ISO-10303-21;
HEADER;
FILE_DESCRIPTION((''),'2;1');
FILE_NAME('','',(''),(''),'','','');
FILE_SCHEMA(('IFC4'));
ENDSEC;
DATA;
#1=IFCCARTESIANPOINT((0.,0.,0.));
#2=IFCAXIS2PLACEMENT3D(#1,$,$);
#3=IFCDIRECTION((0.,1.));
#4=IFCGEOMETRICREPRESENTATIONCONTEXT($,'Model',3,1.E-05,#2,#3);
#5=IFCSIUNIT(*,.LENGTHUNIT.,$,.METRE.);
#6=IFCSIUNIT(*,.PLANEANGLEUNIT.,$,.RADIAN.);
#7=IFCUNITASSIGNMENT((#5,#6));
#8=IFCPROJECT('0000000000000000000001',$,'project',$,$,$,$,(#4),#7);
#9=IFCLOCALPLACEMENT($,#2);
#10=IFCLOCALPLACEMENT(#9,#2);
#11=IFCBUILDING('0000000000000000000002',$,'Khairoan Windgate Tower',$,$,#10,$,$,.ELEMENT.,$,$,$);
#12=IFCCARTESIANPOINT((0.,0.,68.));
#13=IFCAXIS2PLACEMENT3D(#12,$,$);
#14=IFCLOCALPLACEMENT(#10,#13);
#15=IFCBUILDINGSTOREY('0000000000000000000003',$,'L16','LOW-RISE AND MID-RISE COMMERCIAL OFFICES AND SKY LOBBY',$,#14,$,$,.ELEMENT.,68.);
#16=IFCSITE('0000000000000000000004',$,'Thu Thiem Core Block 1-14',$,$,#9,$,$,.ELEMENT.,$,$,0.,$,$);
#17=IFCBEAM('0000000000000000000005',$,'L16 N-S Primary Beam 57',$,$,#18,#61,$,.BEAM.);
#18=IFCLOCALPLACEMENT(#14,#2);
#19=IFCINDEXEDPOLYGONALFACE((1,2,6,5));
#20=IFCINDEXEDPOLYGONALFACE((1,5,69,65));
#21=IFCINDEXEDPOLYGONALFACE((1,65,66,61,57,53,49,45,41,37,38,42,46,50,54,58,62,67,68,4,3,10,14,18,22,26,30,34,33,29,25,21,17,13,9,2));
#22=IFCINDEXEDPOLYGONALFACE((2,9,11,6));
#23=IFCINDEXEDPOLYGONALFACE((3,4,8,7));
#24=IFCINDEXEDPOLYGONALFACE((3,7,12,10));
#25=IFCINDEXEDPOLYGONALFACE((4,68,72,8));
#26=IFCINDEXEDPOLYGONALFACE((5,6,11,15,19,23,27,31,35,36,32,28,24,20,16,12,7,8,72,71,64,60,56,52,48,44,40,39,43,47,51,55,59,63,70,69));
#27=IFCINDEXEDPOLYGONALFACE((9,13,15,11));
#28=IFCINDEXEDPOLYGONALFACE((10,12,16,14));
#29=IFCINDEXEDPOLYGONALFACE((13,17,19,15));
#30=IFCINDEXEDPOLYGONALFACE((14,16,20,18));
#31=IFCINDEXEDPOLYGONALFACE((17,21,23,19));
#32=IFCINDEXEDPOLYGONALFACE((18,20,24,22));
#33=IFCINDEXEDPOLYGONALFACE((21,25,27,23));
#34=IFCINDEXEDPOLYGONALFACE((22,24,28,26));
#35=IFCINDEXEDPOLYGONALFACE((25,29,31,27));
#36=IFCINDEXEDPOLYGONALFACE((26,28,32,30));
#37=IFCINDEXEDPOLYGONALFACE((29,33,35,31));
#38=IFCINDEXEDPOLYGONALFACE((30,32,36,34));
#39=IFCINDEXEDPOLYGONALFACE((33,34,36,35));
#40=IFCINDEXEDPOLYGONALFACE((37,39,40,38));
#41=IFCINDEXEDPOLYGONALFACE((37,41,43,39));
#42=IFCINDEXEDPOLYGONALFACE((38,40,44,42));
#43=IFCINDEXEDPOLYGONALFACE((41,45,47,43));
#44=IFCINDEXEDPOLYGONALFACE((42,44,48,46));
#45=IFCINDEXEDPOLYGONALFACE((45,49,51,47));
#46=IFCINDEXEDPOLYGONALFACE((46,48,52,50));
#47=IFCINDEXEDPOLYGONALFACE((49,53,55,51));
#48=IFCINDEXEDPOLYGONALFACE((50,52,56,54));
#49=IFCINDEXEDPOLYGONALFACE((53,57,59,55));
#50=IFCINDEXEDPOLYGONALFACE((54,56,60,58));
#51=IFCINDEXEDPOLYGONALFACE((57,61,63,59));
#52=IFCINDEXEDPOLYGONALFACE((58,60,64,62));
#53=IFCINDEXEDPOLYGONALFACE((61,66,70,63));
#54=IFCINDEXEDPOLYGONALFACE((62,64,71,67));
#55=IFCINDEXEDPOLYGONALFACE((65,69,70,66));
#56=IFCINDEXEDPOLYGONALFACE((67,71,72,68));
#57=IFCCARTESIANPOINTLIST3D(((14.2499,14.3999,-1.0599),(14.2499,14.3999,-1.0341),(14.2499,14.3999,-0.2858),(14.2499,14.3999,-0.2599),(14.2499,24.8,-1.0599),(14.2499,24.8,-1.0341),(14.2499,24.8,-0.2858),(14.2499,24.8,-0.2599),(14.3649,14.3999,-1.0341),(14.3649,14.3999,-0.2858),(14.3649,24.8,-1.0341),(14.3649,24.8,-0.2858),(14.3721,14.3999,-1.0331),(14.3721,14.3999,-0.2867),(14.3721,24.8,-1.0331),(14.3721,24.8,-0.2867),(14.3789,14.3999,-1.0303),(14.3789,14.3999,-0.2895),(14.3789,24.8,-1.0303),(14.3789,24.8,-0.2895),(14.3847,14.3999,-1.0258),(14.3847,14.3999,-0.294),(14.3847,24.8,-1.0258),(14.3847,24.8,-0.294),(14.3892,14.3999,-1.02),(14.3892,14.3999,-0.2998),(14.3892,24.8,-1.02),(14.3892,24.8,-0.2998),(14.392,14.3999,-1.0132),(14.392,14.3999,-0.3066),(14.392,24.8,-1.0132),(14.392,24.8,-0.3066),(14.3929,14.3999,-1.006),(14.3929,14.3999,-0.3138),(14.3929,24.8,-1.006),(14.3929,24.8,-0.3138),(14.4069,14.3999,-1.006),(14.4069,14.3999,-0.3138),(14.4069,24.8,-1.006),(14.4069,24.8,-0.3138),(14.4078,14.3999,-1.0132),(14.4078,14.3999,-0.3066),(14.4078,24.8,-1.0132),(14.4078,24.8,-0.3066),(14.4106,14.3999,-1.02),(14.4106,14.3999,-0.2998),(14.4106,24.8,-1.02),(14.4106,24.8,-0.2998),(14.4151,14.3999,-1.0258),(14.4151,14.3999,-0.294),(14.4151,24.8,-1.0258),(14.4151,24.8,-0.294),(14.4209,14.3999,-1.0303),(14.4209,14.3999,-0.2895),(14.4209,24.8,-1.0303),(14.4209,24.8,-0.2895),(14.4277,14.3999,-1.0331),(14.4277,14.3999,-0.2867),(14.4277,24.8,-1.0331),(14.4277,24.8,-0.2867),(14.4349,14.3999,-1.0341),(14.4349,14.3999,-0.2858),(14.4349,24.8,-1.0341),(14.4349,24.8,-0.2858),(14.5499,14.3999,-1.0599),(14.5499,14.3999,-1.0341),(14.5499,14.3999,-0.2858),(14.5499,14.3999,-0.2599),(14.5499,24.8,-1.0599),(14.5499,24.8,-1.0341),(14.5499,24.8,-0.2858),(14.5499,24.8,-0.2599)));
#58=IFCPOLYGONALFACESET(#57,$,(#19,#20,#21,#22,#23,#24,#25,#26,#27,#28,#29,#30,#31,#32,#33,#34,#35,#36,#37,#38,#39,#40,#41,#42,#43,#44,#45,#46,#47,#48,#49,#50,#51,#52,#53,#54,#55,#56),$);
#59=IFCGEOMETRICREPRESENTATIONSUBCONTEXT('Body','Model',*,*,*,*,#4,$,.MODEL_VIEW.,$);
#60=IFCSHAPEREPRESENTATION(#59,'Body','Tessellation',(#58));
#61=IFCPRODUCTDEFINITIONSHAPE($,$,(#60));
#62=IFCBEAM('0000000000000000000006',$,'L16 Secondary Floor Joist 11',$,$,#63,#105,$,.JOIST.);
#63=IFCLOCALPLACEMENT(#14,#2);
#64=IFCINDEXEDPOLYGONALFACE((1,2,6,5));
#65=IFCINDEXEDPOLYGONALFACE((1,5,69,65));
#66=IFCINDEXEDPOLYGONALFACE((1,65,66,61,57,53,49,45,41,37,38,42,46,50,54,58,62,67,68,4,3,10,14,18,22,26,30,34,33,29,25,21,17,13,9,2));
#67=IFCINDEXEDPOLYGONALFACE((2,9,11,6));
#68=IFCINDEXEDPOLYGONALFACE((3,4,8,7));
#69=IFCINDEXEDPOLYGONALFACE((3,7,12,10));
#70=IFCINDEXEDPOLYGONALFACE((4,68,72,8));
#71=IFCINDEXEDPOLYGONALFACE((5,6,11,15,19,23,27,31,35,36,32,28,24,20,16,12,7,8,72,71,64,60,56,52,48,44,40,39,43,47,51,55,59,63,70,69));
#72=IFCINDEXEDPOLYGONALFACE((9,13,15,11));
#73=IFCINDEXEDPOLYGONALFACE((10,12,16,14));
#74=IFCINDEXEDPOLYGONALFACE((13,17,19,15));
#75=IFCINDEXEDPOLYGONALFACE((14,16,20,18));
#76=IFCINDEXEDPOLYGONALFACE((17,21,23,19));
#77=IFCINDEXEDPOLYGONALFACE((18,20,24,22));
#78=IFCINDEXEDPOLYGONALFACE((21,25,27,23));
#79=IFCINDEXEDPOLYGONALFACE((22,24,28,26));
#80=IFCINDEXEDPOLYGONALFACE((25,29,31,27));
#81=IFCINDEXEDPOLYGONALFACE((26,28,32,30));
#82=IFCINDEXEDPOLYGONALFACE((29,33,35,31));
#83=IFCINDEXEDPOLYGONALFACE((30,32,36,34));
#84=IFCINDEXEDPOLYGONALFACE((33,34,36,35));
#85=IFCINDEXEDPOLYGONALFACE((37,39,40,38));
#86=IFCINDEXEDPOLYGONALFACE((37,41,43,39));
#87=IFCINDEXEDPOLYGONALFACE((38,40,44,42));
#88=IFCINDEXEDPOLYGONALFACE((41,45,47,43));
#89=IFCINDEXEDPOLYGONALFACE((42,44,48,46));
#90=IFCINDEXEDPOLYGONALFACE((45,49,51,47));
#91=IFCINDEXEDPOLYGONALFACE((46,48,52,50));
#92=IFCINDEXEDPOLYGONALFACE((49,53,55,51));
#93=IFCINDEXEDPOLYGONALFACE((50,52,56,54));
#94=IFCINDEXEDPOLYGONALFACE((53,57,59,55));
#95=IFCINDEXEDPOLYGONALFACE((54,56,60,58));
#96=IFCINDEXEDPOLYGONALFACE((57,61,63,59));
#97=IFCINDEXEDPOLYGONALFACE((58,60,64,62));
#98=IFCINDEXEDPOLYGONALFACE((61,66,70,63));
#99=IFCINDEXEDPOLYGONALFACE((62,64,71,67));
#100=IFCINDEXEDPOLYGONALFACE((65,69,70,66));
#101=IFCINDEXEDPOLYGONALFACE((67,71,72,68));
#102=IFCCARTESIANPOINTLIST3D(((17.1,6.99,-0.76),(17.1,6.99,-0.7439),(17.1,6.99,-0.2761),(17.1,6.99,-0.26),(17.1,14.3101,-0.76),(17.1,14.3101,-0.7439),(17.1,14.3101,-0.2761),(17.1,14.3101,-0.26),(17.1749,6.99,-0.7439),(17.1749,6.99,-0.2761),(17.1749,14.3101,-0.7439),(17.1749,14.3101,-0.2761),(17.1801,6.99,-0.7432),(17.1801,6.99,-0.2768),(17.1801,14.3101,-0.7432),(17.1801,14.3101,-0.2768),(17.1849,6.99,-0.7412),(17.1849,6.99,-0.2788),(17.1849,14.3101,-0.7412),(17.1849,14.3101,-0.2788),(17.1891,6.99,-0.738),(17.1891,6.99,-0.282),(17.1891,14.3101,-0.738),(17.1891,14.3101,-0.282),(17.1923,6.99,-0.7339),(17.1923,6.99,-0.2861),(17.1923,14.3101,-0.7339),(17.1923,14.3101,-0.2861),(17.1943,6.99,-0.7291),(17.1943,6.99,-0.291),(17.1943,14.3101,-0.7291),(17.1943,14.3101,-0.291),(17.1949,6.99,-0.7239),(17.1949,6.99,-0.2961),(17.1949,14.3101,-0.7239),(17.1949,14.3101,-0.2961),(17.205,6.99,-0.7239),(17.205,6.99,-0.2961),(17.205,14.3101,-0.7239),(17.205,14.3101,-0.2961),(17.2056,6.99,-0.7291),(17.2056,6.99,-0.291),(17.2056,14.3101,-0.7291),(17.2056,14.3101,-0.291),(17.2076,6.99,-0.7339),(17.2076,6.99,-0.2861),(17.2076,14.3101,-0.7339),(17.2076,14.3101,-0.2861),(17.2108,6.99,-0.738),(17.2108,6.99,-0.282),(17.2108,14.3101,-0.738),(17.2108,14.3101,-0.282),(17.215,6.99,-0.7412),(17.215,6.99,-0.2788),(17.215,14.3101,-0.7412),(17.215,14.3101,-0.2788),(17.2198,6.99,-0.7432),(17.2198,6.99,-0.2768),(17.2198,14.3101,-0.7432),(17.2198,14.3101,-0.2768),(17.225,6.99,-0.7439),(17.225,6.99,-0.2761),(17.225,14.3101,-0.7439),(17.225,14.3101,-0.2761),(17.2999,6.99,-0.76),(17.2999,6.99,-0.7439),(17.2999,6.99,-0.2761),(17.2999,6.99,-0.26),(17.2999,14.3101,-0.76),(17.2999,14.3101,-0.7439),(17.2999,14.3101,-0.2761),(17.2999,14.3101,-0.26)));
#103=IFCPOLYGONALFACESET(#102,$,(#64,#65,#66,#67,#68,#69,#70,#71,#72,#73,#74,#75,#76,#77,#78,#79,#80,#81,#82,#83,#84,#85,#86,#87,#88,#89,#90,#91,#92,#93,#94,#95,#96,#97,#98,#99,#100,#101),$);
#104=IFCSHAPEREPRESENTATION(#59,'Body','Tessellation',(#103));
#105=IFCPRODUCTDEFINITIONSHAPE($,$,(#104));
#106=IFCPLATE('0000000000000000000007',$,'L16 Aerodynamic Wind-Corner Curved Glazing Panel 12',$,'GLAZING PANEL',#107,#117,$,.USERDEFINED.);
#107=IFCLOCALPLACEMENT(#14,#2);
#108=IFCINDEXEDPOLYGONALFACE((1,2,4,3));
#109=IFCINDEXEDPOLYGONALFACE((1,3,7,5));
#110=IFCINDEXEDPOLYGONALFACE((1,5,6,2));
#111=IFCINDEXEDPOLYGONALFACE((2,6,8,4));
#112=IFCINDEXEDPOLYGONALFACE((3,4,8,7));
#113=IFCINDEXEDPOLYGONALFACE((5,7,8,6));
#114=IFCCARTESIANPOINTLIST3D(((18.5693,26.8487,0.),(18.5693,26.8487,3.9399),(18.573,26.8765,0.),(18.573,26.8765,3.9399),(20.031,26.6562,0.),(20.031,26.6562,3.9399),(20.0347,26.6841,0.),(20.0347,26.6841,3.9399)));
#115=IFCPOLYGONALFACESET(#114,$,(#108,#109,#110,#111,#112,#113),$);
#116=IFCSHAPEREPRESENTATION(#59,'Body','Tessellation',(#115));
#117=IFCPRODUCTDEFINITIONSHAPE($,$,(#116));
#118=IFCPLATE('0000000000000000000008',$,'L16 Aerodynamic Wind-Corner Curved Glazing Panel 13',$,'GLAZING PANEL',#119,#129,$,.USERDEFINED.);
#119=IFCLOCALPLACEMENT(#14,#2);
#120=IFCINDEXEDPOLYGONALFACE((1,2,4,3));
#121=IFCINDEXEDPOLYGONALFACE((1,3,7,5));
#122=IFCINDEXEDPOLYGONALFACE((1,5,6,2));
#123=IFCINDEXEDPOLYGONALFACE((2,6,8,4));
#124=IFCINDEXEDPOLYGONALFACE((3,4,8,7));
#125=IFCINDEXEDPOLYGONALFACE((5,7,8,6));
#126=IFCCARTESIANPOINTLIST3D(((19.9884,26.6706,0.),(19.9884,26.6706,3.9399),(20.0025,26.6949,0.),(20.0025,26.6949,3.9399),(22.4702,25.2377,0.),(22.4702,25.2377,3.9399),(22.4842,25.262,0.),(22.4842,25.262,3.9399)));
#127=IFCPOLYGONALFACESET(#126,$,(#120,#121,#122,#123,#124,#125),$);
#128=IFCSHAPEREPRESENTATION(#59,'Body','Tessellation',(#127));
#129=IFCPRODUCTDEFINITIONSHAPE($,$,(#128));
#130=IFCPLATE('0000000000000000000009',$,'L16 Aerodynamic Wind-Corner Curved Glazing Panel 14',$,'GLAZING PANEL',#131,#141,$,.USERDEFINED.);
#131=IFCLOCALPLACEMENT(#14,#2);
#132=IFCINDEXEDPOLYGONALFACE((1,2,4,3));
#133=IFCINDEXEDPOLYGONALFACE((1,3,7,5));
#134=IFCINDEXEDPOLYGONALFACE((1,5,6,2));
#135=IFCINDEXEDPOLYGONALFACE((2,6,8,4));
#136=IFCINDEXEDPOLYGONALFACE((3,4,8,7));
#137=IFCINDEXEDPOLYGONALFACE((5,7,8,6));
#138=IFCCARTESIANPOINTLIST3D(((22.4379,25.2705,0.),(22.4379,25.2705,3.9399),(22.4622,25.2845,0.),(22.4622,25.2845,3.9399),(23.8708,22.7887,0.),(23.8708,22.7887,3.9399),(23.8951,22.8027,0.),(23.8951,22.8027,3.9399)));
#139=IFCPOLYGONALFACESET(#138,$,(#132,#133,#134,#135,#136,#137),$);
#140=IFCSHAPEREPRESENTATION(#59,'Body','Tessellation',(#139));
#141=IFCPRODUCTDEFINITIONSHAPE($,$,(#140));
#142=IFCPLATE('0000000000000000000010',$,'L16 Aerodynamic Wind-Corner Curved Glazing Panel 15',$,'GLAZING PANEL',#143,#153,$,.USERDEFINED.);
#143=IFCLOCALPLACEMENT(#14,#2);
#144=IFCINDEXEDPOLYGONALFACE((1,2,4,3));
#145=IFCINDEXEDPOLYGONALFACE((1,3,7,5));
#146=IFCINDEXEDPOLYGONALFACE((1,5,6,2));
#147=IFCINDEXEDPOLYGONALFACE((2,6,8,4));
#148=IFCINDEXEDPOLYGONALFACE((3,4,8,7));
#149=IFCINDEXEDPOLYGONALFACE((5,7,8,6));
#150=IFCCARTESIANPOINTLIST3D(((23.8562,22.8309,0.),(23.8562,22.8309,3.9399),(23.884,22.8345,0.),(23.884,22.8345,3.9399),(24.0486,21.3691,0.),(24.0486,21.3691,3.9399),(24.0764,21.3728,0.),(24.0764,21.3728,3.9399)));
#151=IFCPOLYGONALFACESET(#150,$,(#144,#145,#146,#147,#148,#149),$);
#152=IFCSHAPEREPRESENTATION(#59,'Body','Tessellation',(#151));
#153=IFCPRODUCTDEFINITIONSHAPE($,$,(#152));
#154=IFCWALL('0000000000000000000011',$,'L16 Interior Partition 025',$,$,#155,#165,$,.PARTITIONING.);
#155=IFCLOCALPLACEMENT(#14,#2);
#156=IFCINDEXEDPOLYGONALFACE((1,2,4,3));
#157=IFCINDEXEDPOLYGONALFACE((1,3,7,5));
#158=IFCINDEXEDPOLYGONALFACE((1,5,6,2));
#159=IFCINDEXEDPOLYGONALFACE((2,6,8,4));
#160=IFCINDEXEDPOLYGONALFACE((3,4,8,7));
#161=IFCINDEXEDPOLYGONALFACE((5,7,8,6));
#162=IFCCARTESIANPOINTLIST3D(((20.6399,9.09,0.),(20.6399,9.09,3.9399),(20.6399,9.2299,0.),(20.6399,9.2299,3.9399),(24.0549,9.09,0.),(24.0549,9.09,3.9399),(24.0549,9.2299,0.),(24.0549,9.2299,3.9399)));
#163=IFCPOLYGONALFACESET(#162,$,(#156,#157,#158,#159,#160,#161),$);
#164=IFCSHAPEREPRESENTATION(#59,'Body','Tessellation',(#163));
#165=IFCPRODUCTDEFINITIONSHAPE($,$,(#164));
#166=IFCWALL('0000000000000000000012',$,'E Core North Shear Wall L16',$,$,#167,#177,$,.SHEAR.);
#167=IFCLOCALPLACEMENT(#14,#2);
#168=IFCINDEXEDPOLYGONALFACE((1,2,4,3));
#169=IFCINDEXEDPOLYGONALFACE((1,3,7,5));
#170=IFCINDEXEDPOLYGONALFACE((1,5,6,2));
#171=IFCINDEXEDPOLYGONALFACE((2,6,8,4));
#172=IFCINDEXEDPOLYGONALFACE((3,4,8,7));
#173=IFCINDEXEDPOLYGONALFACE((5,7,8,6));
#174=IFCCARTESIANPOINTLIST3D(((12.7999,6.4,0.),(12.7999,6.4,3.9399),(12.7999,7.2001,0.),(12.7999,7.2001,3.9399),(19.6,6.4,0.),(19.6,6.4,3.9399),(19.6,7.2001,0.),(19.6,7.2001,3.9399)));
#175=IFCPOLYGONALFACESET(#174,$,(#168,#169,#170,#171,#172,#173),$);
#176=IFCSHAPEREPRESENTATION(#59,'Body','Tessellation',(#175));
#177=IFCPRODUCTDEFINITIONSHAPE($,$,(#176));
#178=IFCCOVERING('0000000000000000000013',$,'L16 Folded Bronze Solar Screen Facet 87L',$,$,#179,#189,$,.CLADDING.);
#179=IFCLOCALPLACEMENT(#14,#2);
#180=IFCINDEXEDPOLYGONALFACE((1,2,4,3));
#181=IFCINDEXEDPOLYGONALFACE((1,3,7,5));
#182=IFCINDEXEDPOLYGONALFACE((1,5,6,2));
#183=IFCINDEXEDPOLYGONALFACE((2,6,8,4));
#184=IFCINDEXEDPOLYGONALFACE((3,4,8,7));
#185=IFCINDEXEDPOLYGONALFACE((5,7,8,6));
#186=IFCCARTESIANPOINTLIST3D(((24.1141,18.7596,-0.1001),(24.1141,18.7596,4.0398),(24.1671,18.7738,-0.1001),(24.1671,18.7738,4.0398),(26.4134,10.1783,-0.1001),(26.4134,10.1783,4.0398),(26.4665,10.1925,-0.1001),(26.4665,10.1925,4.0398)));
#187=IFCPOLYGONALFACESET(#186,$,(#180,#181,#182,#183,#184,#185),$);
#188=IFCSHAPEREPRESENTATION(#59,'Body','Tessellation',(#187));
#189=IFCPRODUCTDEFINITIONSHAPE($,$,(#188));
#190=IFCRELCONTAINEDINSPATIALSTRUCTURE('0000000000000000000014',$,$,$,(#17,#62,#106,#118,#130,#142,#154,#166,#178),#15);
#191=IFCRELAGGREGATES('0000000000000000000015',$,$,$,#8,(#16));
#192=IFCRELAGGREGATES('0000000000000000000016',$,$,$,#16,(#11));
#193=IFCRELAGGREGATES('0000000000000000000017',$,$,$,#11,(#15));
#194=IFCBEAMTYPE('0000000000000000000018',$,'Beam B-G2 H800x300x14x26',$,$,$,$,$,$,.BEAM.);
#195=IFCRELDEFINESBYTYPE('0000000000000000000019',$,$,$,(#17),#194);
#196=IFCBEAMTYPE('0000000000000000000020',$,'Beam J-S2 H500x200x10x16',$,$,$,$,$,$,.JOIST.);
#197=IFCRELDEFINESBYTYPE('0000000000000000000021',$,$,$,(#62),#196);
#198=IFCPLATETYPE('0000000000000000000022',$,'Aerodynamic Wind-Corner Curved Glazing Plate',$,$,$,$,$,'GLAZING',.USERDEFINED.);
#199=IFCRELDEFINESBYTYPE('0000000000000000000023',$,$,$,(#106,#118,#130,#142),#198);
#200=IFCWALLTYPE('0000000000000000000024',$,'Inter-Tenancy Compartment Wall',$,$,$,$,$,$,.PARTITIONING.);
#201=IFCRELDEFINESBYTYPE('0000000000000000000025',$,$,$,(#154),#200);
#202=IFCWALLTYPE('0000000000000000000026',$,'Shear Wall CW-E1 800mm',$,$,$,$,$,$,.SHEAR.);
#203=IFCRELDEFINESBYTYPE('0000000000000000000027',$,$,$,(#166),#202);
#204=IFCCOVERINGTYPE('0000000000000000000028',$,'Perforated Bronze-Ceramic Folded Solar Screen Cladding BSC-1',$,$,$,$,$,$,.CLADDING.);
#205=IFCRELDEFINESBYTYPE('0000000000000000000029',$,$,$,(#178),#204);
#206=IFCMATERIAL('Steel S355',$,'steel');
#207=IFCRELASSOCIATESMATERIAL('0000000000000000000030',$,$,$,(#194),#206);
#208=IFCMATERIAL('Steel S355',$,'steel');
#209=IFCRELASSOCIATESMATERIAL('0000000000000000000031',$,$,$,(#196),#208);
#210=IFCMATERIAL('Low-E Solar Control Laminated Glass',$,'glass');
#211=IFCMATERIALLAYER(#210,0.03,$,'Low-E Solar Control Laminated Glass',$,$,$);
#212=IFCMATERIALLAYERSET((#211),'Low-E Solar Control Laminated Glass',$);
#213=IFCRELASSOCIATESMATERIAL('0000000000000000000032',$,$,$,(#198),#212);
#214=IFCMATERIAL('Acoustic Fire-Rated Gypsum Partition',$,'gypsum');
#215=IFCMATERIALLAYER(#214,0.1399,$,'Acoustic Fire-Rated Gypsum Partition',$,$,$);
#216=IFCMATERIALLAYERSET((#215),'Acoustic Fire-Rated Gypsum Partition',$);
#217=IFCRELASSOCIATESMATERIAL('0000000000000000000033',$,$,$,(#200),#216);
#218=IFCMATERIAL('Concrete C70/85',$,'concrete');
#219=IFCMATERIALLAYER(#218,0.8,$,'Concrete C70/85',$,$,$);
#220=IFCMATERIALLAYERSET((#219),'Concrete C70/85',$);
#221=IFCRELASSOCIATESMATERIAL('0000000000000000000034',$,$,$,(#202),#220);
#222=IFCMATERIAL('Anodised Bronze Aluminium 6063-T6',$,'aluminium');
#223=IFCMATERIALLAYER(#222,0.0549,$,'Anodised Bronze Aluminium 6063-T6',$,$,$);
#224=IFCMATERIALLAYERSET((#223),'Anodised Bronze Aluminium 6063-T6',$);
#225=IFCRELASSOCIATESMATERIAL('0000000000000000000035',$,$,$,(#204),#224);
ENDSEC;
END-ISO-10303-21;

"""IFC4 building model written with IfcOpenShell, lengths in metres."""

from ifc_helpers import new_model, si_unit, direction, frame, frame_2d, origin, origin_2d, place, context, subcontext, project, spatial, rectangle, i_section, extrude, material, layer, layer_set, material_profile, profile_set, type_object, element, save


model = new_model("IFC4")

# Units and contexts
model_context = context("Model", 3, precision=1e-05, world=origin(), true_north=direction((0.0, 1.0)))
body_context = subcontext(model_context, "Body", "Model", "MODEL_VIEW")
ifc_project = project(units=[si_unit("LENGTHUNIT", "METRE"), si_unit("PLANEANGLEUNIT", "RADIAN")], contexts=[model_context])

# Site, building, storey
site_placement = place(None, origin())
site = spatial("IfcSite", under=ifc_project, at=site_placement, Name="Thu Thiem Core Block 1-14", CompositionType="ELEMENT", RefElevation=0.0)
building_placement = place(site_placement, origin())
building = spatial("IfcBuilding", under=site, at=building_placement, Name="Khairoan Windgate Tower", CompositionType="ELEMENT")
storey_placement = place(building_placement, frame((0.0, 0.0, 68.0)))
storey = spatial("IfcBuildingStorey", under=building, at=storey_placement, Name="L16", Description="LOW-RISE AND MID-RISE COMMERCIAL OFFICES AND SKY LOBBY", CompositionType="ELEMENT", Elevation=68.0)

# Beams
ifc_material_1 = material(Name="Steel S355", Category="steel")
ifc_material_profile_1 = material_profile(ifc_material_1, i_section(OverallWidth=0.3, OverallDepth=0.8, WebThickness=0.0139, FlangeThickness=0.0259, FilletRadius=0.0281, at=origin_2d()))
ifc_profile_set_1 = profile_set([ifc_material_profile_1], Name="Steel S355")
beam_type_1 = type_object("IfcBeamType", Name="Beam B-G2 H800x300x14x26", PredefinedType="BEAM", material=ifc_profile_set_1)
beam_1_placement = place(storey_placement, frame((14.3999, 14.3999, -0.6599), z_axis=(0.0, 1.0, 0.0), x_axis=(-1.0, 0.0, 0.0)))
element("IfcBeam", 1, at=beam_1_placement, inside=storey, type_object=beam_type_1, Name="L16 N-S Primary Beam 57", PredefinedType="BEAM", context=body_context, shape_type="SweptSolid", body=[
    extrude(i_section(OverallWidth=0.3, OverallDepth=0.8, WebThickness=0.0139, FlangeThickness=0.0259, FilletRadius=0.0281, at=origin_2d()), origin(), (0.0, 0.0, 1.0), 10.4001),
])
ifc_material_2 = material(Name="Steel S355", Category="steel")
ifc_material_profile_2 = material_profile(ifc_material_2, i_section(OverallWidth=0.2, OverallDepth=0.5, WebThickness=0.01, FlangeThickness=0.0161, FilletRadius=0.02, at=origin_2d()))
ifc_profile_set_2 = profile_set([ifc_material_profile_2], Name="Steel S355")
beam_type_2 = type_object("IfcBeamType", Name="Beam J-S2 H500x200x10x16", PredefinedType="JOIST", material=ifc_profile_set_2)
beam_2_placement = place(storey_placement, frame((17.2, 6.99, -0.51), z_axis=(0.0, 1.0, 0.0), x_axis=(-1.0, 0.0, 0.0)))
element("IfcBeam", 2, at=beam_2_placement, inside=storey, type_object=beam_type_2, Name="L16 Secondary Floor Joist 11", PredefinedType="JOIST", context=body_context, shape_type="SweptSolid", body=[
    extrude(i_section(OverallWidth=0.2, OverallDepth=0.5, WebThickness=0.01, FlangeThickness=0.0161, FilletRadius=0.02, at=origin_2d()), origin(), (0.0, 0.0, 1.0), 7.3201),
])

# Plates
ifc_material_3 = material(Name="Low-E Solar Control Laminated Glass", Category="glass")
ifc_layer_1 = layer(ifc_material_3, 0.03, Name="Low-E Solar Control Laminated Glass")
ifc_layer_set_1 = layer_set([ifc_layer_1], Name="Low-E Solar Control Laminated Glass")
plate_type_1 = type_object("IfcPlateType", Name="Aerodynamic Wind-Corner Curved Glazing Plate", ElementType="GLAZING", PredefinedType="USERDEFINED", material=ifc_layer_set_1)
plate_1_placement = place(storey_placement, frame((19.302, 26.7664, 0.0), z_axis=(0.0, 0.0, 1.0), x_axis=(0.991445, -0.130526, 0.0)))
element("IfcPlate", 3, at=plate_1_placement, inside=storey, type_object=plate_type_1, Name="L16 Aerodynamic Wind-Corner Curved Glazing Panel 12", ObjectType="GLAZING PANEL", PredefinedType="USERDEFINED", context=body_context, shape_type="SweptSolid", body=[
    extrude(rectangle(XDim=1.4744, YDim=0.0281, at=origin_2d()), origin(), (0.0, 0.0, 1.0), 3.9399),
])
for number, where, z_axis, x_axis, name in (
    (4, (21.2363, 25.9663, 0.0), (0.0, 0.0, 1.0), (0.866025, -0.5, 0.0), "L16 Aerodynamic Wind-Corner Curved Glazing Panel 13"),
    (5, (23.1665, 24.0366, 0.0), (0.0, 0.0, 1.0), (0.5, -0.866025, 0.0), "L16 Aerodynamic Wind-Corner Curved Glazing Panel 14"),
):
    element("IfcPlate", number, at=place(storey_placement, frame(where, z_axis=z_axis, x_axis=x_axis)), inside=storey, type_object=plate_type_1, Name=name, ObjectType="GLAZING PANEL", PredefinedType="USERDEFINED", context=body_context, shape_type="SweptSolid", body=[
        extrude(rectangle(XDim=2.8657, YDim=0.0281, at=origin_2d()), origin(), (0.0, 0.0, 1.0), 3.9399),
    ])
plate_2_placement = place(storey_placement, frame((23.9663, 22.1018, 0.0), z_axis=(0.0, 0.0, 1.0), x_axis=(0.130526, -0.991445, 0.0)))
element("IfcPlate", 6, at=plate_2_placement, inside=storey, type_object=plate_type_1, Name="L16 Aerodynamic Wind-Corner Curved Glazing Panel 15", ObjectType="GLAZING PANEL", PredefinedType="USERDEFINED", context=body_context, shape_type="SweptSolid", body=[
    extrude(rectangle(XDim=1.4744, YDim=0.0281, at=origin_2d()), origin(), (0.0, 0.0, 1.0), 3.9399),
])

# Wall
ifc_material_4 = material(Name="Acoustic Fire-Rated Gypsum Partition", Category="gypsum")
ifc_layer_2 = layer(ifc_material_4, 0.1399, Name="Acoustic Fire-Rated Gypsum Partition")
ifc_layer_set_2 = layer_set([ifc_layer_2], Name="Acoustic Fire-Rated Gypsum Partition")
wall_type_1 = type_object("IfcWallType", Name="Inter-Tenancy Compartment Wall", PredefinedType="PARTITIONING", material=ifc_layer_set_2)
wall_1_placement = place(storey_placement, frame((20.6399, 9.1599, 0.0), z_axis=(0.0, 0.0, 1.0), x_axis=(1.0, 0.0, 0.0)))
element("IfcWall", 7, at=wall_1_placement, inside=storey, type_object=wall_type_1, Name="L16 Interior Partition 025", PredefinedType="PARTITIONING", context=body_context, shape_type="SweptSolid", body=[
    extrude(rectangle(XDim=3.415, YDim=0.1399, at=frame_2d((1.7075, 0.0))), origin(), (0.0, 0.0, 1.0), 3.9399),
])

# Wall
ifc_material_5 = material(Name="Concrete C70/85", Category="concrete")
ifc_layer_3 = layer(ifc_material_5, 0.8, Name="Concrete C70/85")
ifc_layer_set_3 = layer_set([ifc_layer_3], Name="Concrete C70/85")
wall_type_2 = type_object("IfcWallType", Name="Shear Wall CW-E1 800mm", PredefinedType="SHEAR", material=ifc_layer_set_3)
wall_2_placement = place(storey_placement, frame((12.8, 6.8, 0.0), z_axis=(0.0, 0.0, 1.0), x_axis=(1.0, 0.0, 0.0)))
element("IfcWall", 8, at=wall_2_placement, inside=storey, type_object=wall_type_2, Name="E Core North Shear Wall L16", PredefinedType="SHEAR", context=body_context, shape_type="SweptSolid", body=[
    extrude(rectangle(XDim=6.8, YDim=0.8, at=frame_2d((3.3999, 0.0))), origin(), (0.0, 0.0, 1.0), 3.9399),
])

# Covering
ifc_material_6 = material(Name="Anodised Bronze Aluminium 6063-T6", Category="aluminium")
ifc_layer_4 = layer(ifc_material_6, 0.0549, Name="Anodised Bronze Aluminium 6063-T6")
ifc_layer_set_4 = layer_set([ifc_layer_4], Name="Anodised Bronze Aluminium 6063-T6")
covering_type = type_object("IfcCoveringType", Name="Perforated Bronze-Ceramic Folded Solar Screen Cladding BSC-1", PredefinedType="CLADDING", material=ifc_layer_set_4)
covering_placement = place(storey_placement, frame((25.2903, 14.4761, -0.1001), z_axis=(0.0, 0.0, 1.0), x_axis=(0.258819, -0.965926, 0.0)))
element("IfcCovering", 9, at=covering_placement, inside=storey, type_object=covering_type, Name="L16 Folded Bronze Solar Screen Facet 87L", PredefinedType="CLADDING", context=body_context, shape_type="SweptSolid", body=[
    extrude(rectangle(XDim=8.884, YDim=0.0549, at=origin_2d()), origin(), (0.0, 0.0, 1.0), 4.1399),
])

save(model, "model.ifc")
